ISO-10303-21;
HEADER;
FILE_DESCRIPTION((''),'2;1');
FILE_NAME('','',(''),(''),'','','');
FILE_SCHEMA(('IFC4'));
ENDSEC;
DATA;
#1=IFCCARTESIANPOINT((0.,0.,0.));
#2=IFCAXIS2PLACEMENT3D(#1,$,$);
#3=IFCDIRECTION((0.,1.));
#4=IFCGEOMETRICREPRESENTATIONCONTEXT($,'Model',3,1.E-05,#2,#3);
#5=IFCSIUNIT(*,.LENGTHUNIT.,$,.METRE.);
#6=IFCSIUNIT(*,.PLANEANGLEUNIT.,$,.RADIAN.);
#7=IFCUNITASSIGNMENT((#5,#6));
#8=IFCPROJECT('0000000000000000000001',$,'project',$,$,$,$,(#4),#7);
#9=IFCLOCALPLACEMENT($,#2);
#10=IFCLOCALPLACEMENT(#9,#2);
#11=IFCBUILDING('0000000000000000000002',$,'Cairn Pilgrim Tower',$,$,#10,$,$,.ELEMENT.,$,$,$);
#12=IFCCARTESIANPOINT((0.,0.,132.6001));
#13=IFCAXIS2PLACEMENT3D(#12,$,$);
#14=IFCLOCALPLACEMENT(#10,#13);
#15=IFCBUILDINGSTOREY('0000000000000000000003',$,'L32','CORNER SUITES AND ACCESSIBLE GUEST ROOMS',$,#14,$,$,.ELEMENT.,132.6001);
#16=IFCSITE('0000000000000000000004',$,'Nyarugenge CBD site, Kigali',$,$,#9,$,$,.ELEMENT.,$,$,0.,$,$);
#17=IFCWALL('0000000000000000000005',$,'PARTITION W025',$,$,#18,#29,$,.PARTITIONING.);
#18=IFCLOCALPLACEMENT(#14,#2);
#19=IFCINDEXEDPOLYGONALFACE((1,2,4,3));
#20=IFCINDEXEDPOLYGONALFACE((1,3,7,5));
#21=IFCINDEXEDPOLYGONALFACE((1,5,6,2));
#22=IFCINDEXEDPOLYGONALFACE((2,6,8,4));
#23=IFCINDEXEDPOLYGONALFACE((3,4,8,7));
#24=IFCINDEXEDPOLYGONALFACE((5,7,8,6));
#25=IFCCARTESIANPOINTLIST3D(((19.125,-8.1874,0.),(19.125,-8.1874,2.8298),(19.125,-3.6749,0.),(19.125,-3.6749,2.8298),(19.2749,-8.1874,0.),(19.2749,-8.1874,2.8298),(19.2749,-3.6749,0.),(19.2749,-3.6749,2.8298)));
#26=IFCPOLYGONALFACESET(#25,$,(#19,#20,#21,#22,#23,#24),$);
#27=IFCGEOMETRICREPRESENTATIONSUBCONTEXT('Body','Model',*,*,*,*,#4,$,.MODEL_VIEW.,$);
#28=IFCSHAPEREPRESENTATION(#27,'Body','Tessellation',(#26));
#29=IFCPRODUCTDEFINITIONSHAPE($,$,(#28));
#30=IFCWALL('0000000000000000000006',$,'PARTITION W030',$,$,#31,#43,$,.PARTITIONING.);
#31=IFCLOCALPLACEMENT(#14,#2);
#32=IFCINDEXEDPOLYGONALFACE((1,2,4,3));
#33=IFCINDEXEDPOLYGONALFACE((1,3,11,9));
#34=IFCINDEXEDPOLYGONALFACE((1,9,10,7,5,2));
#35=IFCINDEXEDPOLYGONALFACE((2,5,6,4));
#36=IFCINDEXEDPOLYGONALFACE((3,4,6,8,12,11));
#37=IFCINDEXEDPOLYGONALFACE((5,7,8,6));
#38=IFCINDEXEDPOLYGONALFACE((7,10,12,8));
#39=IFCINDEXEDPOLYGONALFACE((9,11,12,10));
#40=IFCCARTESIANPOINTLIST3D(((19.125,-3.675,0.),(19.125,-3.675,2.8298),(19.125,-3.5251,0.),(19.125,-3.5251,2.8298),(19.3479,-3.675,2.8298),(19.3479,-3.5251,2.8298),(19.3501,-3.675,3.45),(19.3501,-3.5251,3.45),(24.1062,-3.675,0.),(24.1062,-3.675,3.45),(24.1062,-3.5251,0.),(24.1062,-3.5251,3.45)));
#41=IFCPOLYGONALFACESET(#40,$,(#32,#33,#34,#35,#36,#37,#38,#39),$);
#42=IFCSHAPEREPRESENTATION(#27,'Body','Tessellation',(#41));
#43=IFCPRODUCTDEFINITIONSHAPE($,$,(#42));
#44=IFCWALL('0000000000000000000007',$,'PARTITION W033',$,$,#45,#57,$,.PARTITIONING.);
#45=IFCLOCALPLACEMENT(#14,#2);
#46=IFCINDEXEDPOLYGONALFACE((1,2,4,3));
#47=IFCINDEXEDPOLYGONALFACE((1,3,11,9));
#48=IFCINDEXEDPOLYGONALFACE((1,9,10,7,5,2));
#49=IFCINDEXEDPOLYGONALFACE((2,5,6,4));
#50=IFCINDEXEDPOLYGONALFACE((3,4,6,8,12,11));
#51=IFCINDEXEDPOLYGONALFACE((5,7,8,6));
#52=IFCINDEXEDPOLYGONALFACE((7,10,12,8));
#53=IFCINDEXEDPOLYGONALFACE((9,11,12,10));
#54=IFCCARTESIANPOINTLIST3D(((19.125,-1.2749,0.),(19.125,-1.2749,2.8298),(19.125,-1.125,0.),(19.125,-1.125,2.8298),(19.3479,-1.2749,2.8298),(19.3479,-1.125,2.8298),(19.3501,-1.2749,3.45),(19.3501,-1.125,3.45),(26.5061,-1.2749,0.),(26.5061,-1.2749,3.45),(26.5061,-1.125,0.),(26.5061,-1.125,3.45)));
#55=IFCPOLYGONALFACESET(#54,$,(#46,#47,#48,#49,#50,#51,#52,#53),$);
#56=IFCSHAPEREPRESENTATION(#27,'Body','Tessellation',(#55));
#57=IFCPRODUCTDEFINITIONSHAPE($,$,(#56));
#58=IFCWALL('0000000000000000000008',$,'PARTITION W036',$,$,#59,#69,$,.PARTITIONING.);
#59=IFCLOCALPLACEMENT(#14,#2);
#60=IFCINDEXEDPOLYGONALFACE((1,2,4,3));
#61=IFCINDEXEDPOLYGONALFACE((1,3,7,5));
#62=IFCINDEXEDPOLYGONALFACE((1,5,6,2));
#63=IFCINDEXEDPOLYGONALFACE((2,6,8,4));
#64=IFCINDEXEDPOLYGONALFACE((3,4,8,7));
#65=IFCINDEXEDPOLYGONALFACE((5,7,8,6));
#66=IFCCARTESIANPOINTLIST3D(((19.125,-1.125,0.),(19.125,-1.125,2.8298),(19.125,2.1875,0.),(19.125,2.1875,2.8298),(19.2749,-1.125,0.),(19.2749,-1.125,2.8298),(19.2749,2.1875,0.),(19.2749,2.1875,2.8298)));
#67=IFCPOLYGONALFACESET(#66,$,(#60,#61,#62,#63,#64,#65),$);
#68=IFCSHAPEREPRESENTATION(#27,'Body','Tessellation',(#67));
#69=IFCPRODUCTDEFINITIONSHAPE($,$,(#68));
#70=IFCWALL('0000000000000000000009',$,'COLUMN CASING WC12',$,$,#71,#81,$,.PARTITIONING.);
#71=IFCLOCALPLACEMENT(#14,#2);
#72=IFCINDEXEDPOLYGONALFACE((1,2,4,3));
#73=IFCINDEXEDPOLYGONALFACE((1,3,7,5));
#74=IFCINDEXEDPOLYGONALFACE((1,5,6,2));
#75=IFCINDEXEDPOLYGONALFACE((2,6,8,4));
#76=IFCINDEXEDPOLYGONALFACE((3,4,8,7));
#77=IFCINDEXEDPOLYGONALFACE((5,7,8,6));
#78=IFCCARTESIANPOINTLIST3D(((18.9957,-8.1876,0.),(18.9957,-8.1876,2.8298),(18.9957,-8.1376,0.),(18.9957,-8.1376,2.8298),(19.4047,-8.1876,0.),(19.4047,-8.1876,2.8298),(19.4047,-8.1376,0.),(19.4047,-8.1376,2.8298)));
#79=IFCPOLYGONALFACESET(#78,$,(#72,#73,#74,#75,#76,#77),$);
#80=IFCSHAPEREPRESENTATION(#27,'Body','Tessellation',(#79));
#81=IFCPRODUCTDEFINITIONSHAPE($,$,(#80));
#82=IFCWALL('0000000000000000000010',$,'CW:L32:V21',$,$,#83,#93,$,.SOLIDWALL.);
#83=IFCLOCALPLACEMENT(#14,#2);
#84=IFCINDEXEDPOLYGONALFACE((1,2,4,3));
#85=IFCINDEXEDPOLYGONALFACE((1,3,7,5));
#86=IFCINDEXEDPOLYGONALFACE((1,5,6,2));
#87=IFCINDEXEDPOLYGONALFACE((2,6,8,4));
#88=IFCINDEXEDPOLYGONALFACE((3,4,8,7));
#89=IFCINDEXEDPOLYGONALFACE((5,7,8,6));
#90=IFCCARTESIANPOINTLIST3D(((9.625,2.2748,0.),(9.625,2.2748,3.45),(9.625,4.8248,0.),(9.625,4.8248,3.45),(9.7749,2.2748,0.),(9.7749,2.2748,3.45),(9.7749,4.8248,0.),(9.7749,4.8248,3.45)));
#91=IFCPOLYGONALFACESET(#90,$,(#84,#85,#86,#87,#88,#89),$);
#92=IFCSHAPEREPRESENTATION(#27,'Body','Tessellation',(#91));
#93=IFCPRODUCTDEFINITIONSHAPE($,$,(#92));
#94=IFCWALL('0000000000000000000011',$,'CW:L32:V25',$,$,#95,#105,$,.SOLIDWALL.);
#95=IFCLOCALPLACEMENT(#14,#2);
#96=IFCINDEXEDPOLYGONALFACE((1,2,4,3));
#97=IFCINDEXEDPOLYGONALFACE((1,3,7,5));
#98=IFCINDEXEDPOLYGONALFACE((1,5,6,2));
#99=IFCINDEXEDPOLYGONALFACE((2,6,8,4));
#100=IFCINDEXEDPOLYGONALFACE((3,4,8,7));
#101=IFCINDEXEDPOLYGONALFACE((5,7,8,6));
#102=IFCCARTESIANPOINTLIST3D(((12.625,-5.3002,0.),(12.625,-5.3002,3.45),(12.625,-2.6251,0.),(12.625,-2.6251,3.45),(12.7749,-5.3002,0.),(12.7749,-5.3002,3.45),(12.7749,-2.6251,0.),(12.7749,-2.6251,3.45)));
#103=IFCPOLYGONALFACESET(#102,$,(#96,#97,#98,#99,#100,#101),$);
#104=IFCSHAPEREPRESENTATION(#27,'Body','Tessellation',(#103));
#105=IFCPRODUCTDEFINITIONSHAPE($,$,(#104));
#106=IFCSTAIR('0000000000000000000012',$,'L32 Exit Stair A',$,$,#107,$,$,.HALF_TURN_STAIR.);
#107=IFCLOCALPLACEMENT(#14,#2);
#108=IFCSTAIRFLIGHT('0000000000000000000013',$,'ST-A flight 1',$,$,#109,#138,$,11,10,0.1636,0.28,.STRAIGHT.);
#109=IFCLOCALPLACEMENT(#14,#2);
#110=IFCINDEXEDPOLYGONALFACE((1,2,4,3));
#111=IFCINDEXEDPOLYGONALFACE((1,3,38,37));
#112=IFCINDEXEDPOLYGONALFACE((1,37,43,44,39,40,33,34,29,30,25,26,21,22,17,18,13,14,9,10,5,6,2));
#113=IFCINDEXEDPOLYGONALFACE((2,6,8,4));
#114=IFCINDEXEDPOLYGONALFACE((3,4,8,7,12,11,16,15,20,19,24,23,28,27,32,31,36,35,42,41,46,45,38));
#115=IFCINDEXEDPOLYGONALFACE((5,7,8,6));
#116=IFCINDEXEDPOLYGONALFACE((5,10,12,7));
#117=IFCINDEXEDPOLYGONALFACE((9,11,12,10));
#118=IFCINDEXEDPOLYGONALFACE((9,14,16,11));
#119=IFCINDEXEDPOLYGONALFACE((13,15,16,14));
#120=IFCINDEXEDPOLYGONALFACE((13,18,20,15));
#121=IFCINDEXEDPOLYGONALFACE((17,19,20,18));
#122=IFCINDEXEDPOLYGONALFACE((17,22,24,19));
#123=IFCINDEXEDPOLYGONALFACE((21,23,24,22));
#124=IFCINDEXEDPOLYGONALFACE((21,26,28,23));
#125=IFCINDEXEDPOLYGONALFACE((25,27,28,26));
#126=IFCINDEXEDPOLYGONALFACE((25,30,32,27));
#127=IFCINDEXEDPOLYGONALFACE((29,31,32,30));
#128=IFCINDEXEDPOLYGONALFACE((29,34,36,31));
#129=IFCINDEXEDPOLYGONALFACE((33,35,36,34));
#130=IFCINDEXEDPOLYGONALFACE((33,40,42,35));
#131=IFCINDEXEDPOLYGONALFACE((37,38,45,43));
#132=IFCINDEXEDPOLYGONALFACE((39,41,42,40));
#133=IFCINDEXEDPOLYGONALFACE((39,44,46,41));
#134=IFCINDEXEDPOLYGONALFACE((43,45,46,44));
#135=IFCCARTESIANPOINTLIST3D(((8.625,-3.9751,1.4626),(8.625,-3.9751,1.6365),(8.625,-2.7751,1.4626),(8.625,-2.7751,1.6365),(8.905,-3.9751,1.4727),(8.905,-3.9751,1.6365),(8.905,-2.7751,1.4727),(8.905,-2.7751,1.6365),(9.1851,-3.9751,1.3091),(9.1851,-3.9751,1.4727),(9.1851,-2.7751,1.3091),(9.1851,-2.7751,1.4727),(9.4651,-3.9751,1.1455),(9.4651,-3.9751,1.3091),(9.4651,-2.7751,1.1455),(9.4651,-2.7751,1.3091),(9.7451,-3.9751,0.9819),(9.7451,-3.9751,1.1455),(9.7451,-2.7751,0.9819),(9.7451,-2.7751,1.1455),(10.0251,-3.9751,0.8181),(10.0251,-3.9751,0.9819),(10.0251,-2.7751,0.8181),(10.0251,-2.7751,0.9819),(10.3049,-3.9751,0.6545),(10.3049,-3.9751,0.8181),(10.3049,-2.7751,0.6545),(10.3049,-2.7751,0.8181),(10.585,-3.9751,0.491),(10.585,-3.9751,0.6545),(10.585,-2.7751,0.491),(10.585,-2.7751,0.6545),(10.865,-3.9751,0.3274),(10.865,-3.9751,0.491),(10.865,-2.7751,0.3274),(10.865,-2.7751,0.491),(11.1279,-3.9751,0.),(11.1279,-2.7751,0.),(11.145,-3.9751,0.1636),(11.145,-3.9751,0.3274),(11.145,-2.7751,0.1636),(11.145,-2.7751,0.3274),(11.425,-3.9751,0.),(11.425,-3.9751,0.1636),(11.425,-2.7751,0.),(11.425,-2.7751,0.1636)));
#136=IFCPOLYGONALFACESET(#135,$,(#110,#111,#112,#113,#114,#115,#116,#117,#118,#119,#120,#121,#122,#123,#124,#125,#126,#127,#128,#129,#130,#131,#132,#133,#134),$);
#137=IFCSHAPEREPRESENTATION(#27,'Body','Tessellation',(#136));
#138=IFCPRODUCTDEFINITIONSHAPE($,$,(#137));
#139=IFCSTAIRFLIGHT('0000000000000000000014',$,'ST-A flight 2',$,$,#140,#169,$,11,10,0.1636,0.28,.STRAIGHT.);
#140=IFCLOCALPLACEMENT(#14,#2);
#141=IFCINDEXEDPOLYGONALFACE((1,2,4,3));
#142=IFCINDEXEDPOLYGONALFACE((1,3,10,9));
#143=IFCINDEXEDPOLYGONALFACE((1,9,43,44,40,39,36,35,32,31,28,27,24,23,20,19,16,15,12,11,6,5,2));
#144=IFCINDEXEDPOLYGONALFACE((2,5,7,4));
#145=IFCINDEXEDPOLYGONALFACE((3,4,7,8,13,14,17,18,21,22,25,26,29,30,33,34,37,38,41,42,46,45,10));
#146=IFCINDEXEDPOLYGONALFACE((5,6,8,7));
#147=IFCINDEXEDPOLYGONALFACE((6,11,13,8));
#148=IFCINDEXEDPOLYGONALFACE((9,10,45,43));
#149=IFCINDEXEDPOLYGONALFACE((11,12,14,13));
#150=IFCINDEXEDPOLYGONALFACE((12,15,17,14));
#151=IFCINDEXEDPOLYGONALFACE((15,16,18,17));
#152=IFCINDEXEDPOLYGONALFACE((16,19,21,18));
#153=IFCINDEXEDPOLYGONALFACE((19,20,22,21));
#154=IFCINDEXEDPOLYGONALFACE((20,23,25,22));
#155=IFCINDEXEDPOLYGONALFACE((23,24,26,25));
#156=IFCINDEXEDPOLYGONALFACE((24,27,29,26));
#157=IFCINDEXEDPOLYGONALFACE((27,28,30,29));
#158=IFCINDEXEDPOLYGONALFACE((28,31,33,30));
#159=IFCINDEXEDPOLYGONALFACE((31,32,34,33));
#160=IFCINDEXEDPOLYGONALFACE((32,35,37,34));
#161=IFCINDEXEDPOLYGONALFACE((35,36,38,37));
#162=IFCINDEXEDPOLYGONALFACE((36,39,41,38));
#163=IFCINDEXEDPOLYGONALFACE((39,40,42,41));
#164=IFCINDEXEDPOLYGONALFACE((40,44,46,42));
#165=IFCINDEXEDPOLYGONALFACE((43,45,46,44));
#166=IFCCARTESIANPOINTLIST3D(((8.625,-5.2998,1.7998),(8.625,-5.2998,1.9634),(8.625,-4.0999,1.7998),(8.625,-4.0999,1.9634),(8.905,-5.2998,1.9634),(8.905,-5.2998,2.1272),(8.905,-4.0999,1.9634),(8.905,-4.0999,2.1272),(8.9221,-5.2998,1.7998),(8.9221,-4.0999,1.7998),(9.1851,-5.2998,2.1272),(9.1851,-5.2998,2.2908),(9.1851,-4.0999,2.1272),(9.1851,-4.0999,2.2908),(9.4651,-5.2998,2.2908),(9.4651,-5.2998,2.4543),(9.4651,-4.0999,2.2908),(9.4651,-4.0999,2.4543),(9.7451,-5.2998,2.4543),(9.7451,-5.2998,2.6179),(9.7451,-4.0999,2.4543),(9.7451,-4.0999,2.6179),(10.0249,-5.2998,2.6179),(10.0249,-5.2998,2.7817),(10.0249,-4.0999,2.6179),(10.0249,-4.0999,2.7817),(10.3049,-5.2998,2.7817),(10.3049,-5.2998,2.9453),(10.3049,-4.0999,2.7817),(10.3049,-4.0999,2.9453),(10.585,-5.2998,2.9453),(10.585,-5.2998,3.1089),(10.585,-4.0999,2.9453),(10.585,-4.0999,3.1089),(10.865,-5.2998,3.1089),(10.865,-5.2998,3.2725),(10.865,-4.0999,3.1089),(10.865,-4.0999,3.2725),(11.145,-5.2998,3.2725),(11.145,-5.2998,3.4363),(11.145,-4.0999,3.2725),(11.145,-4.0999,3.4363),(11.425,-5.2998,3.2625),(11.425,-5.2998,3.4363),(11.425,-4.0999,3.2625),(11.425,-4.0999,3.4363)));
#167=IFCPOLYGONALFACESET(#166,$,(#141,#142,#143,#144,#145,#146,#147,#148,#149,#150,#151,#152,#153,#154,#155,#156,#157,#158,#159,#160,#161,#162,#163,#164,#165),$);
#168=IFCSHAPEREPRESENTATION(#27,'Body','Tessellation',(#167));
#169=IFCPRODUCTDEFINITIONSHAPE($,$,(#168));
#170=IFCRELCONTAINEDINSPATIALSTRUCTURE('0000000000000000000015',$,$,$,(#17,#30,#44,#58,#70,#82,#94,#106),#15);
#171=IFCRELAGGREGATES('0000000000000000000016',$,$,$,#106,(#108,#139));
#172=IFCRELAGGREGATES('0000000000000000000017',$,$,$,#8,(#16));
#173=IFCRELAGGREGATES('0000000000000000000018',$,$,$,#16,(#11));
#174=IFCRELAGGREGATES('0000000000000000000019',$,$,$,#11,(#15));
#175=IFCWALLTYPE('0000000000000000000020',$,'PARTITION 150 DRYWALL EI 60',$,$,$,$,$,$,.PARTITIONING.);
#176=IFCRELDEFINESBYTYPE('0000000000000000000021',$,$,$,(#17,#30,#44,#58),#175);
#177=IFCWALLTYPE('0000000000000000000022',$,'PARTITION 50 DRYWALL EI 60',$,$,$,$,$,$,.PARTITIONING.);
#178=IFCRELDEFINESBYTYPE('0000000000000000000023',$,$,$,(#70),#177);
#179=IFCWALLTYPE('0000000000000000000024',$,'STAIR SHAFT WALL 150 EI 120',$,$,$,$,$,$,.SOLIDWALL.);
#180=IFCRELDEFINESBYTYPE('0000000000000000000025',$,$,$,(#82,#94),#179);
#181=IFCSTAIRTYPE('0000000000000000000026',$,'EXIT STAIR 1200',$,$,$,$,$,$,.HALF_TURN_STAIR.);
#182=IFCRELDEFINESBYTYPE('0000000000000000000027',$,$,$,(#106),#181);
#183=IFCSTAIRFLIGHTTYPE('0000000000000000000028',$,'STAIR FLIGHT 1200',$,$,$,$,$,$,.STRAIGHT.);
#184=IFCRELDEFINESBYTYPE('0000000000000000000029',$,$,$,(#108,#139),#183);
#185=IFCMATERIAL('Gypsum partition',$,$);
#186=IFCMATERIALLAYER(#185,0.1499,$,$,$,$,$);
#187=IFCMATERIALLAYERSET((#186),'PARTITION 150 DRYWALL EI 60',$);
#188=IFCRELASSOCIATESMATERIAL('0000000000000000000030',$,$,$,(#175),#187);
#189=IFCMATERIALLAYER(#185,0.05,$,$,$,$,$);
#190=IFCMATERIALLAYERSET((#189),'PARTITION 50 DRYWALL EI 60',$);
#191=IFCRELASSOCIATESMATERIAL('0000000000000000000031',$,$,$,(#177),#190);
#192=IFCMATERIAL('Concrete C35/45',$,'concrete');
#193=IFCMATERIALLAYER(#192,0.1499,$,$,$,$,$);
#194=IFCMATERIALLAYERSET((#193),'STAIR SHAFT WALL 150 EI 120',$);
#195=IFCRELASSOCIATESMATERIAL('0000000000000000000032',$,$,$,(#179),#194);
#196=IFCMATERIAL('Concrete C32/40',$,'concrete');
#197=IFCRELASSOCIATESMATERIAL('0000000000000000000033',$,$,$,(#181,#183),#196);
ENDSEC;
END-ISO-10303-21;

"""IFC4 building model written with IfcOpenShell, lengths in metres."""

from ifc_helpers import new_model, si_unit, direction, frame, frame_2d, origin, place, context, subcontext, project, spatial, polyline, rectangle, outline, extrude, material, layer, layer_set, type_object, element, aggregate, save


model = new_model("IFC4")

# Units and contexts
model_context = context("Model", 3, precision=1e-05, world=origin(), true_north=direction((0.0, 1.0)))
body_context = subcontext(model_context, "Body", "Model", "MODEL_VIEW")
ifc_project = project(units=[si_unit("LENGTHUNIT", "METRE"), si_unit("PLANEANGLEUNIT", "RADIAN")], contexts=[model_context])

# Site, building, storey
site_placement = place(None, origin())
site = spatial("IfcSite", under=ifc_project, at=site_placement, Name="Nyarugenge CBD site, Kigali", CompositionType="ELEMENT", RefElevation=0.0)
building_placement = place(site_placement, origin())
building = spatial("IfcBuilding", under=site, at=building_placement, Name="Cairn Pilgrim Tower", CompositionType="ELEMENT")
storey_placement = place(building_placement, frame((0.0, 0.0, 132.6001)))
storey = spatial("IfcBuildingStorey", under=building, at=storey_placement, Name="L32", Description="CORNER SUITES AND ACCESSIBLE GUEST ROOMS", CompositionType="ELEMENT", Elevation=132.6001)

# Shared definitions
ifc_material_1 = material(Name="Concrete C32/40", Category="concrete")

# Walls
ifc_material_2 = material(Name="Gypsum partition")
ifc_layer_1 = layer(ifc_material_2, 0.1499)
ifc_layer_set_1 = layer_set([ifc_layer_1], Name="PARTITION 150 DRYWALL EI 60")
wall_type_1 = type_object("IfcWallType", Name="PARTITION 150 DRYWALL EI 60", PredefinedType="PARTITIONING", material=ifc_layer_set_1)
wall_1_placement = place(storey_placement, frame((19.2, -8.1875, 0.0), z_axis=(0.0, 0.0, 1.0), x_axis=(0.0, 1.0, 0.0)))
element("IfcWall", 1, at=wall_1_placement, inside=storey, type_object=wall_type_1, Name="PARTITION W025", PredefinedType="PARTITIONING", context=body_context, shape_type="SweptSolid", body=[
    extrude(rectangle(XDim=4.5125, YDim=0.1499, at=frame_2d((2.2563, 0.0))), origin(), (0.0, 0.0, 1.0), 2.8298),
])
wall_2_placement = place(storey_placement, frame((19.125, -3.6001, 0.0), z_axis=(0.0, 0.0, 1.0), x_axis=(1.0, 0.0, 0.0)))
element("IfcWall", 2, at=wall_2_placement, inside=storey, type_object=wall_type_1, Name="PARTITION W030", PredefinedType="PARTITIONING", context=body_context, shape_type="SweptSolid", body=[
    extrude(outline(polyline([(0.0, 0.0), (4.9812, 0.0), (4.9812, 3.45), (0.2251, 3.45), (0.2229, 2.8298), (0.0, 2.8298), (0.0, 0.0)])), frame((0.0, 0.075, 0.0), z_axis=(0.0, -1.0, 0.0), x_axis=(1.0, 0.0, 0.0)), (0.0, 0.0, 1.0), 0.1499),
])
wall_3_placement = place(storey_placement, frame((19.125, -1.2, 0.0), z_axis=(0.0, 0.0, 1.0), x_axis=(1.0, 0.0, 0.0)))
element("IfcWall", 3, at=wall_3_placement, inside=storey, type_object=wall_type_1, Name="PARTITION W033", PredefinedType="PARTITIONING", context=body_context, shape_type="SweptSolid", body=[
    extrude(outline(polyline([(0.0, 0.0), (7.3811, 0.0), (7.3811, 3.45), (0.2251, 3.45), (0.2229, 2.8298), (0.0, 2.8298), (0.0, 0.0)])), frame((0.0, 0.075, 0.0), z_axis=(0.0, -1.0, 0.0), x_axis=(1.0, 0.0, 0.0)), (0.0, 0.0, 1.0), 0.1499),
])
wall_4_placement = place(storey_placement, frame((19.2, -1.125, 0.0), z_axis=(0.0, 0.0, 1.0), x_axis=(0.0, 1.0, 0.0)))
element("IfcWall", 4, at=wall_4_placement, inside=storey, type_object=wall_type_1, Name="PARTITION W036", PredefinedType="PARTITIONING", context=body_context, shape_type="SweptSolid", body=[
    extrude(rectangle(XDim=3.3125, YDim=0.1499, at=frame_2d((1.6562, 0.0))), origin(), (0.0, 0.0, 1.0), 2.8298),
])
ifc_layer_2 = layer(ifc_material_2, 0.05)
ifc_layer_set_2 = layer_set([ifc_layer_2], Name="PARTITION 50 DRYWALL EI 60")
wall_type_2 = type_object("IfcWallType", Name="PARTITION 50 DRYWALL EI 60", PredefinedType="PARTITIONING", material=ifc_layer_set_2)
wall_5_placement = place(storey_placement, frame((18.9956, -8.1626, 0.0), z_axis=(0.0, 0.0, 1.0), x_axis=(1.0, 0.0, 0.0)))
element("IfcWall", 5, at=wall_5_placement, inside=storey, type_object=wall_type_2, Name="COLUMN CASING WC12", PredefinedType="PARTITIONING", context=body_context, shape_type="SweptSolid", body=[
    extrude(rectangle(XDim=0.4089, YDim=0.05, at=frame_2d((0.2046, 0.0))), origin(), (0.0, 0.0, 1.0), 2.8298),
])
ifc_material_3 = material(Name="Concrete C35/45", Category="concrete")
ifc_layer_3 = layer(ifc_material_3, 0.1499)
ifc_layer_set_3 = layer_set([ifc_layer_3], Name="STAIR SHAFT WALL 150 EI 120")
wall_type_3 = type_object("IfcWallType", Name="STAIR SHAFT WALL 150 EI 120", PredefinedType="SOLIDWALL", material=ifc_layer_set_3)
wall_6_placement = place(storey_placement, frame((9.7, 2.2749, 0.0), z_axis=(0.0, 0.0, 1.0), x_axis=(0.0, 1.0, 0.0)))
element("IfcWall", 6, at=wall_6_placement, inside=storey, type_object=wall_type_3, Name="CW:L32:V21", PredefinedType="SOLIDWALL", context=body_context, shape_type="SweptSolid", body=[
    extrude(rectangle(XDim=2.55, YDim=0.1499, at=frame_2d((1.2749, 0.0))), origin(), (0.0, 0.0, 1.0), 3.45),
])
wall_7_placement = place(storey_placement, frame((12.7, -5.3, 0.0), z_axis=(0.0, 0.0, 1.0), x_axis=(0.0, 1.0, 0.0)))
element("IfcWall", 7, at=wall_7_placement, inside=storey, type_object=wall_type_3, Name="CW:L32:V25", PredefinedType="SOLIDWALL", context=body_context, shape_type="SweptSolid", body=[
    extrude(rectangle(XDim=2.675, YDim=0.1499, at=frame_2d((1.3374, 0.0))), origin(), (0.0, 0.0, 1.0), 3.45),
])

# Stair, stair flights
stair_type = type_object("IfcStairType", Name="EXIT STAIR 1200", PredefinedType="HALF_TURN_STAIR", material=ifc_material_1)
stair_placement = place(storey_placement, origin())
stair = element("IfcStair", 8, at=stair_placement, inside=storey, type_object=stair_type, Name="L32 Exit Stair A", PredefinedType="HALF_TURN_STAIR")
stair_flight_type = type_object("IfcStairFlightType", Name="STAIR FLIGHT 1200", PredefinedType="STRAIGHT", material=ifc_material_1)
stair_flight_1_placement = place(storey_placement, frame((11.425, -3.375, 0.0), z_axis=(0.0, 0.0, 1.0), x_axis=(-1.0, 0.0, 0.0)))
stair_flight_1 = element("IfcStairFlight", 9, at=stair_flight_1_placement, type_object=stair_flight_type, Name="ST-A flight 1", NumberOfRisers=11, NumberOfTreads=10, PredefinedType="STRAIGHT", RiserHeight=0.1636, TreadLength=0.28, context=body_context, shape_type="SweptSolid", body=[
    extrude(outline(polyline([(0.0, 0.0), (0.0, 0.1636), (0.28, 0.1636), (0.28, 0.3274), (0.5601, 0.3274), (0.5601, 0.491), (0.8401, 0.491), (0.8401, 0.6545), (1.1201, 0.6545), (1.1201, 0.8181), (1.3999, 0.8181), (1.3999, 0.9819), (1.6799, 0.9819), (1.6799, 1.1455), (1.96, 1.1455), (1.96, 1.3091), (2.24, 1.3091), (2.24, 1.4727), (2.52, 1.4727), (2.52, 1.6365), (2.8, 1.6365), (2.8, 1.8), (2.8, 1.4626), (0.2971, 0.0), (0.0, 0.0)])), frame((0.0, 0.6001, 0.0), z_axis=(0.0, -1.0, 0.0), x_axis=(1.0, 0.0, 0.0)), (0.0, 0.0, 1.0), 1.2),
])
stair_flight_2_placement = place(storey_placement, frame((8.625, -4.7, 1.7998), z_axis=(0.0, 0.0, 1.0), x_axis=(1.0, 0.0, 0.0)))
stair_flight_2 = element("IfcStairFlight", 10, at=stair_flight_2_placement, type_object=stair_flight_type, Name="ST-A flight 2", NumberOfRisers=11, NumberOfTreads=10, PredefinedType="STRAIGHT", RiserHeight=0.1636, TreadLength=0.28, context=body_context, shape_type="SweptSolid", body=[
    extrude(outline(polyline([(0.0, 0.0), (0.0, 0.1636), (0.28, 0.1636), (0.28, 0.3274), (0.5601, 0.3274), (0.5601, 0.491), (0.8401, 0.491), (0.8401, 0.6545), (1.1201, 0.6545), (1.1201, 0.8181), (1.3999, 0.8181), (1.3999, 0.9819), (1.6799, 0.9819), (1.6799, 1.1455), (1.96, 1.1455), (1.96, 1.3091), (2.24, 1.3091), (2.24, 1.4727), (2.52, 1.4727), (2.52, 1.6365), (2.8, 1.6365), (2.8, 1.8), (2.8, 1.4626), (0.2971, 0.0), (0.0, 0.0)])), frame((0.0, 0.6001, 0.0), z_axis=(0.0, -1.0, 0.0), x_axis=(1.0, 0.0, 0.0)), (0.0, 0.0, 1.0), 1.2),
])
aggregate(stair, [stair_flight_1, stair_flight_2])

save(model, "model.ifc")
